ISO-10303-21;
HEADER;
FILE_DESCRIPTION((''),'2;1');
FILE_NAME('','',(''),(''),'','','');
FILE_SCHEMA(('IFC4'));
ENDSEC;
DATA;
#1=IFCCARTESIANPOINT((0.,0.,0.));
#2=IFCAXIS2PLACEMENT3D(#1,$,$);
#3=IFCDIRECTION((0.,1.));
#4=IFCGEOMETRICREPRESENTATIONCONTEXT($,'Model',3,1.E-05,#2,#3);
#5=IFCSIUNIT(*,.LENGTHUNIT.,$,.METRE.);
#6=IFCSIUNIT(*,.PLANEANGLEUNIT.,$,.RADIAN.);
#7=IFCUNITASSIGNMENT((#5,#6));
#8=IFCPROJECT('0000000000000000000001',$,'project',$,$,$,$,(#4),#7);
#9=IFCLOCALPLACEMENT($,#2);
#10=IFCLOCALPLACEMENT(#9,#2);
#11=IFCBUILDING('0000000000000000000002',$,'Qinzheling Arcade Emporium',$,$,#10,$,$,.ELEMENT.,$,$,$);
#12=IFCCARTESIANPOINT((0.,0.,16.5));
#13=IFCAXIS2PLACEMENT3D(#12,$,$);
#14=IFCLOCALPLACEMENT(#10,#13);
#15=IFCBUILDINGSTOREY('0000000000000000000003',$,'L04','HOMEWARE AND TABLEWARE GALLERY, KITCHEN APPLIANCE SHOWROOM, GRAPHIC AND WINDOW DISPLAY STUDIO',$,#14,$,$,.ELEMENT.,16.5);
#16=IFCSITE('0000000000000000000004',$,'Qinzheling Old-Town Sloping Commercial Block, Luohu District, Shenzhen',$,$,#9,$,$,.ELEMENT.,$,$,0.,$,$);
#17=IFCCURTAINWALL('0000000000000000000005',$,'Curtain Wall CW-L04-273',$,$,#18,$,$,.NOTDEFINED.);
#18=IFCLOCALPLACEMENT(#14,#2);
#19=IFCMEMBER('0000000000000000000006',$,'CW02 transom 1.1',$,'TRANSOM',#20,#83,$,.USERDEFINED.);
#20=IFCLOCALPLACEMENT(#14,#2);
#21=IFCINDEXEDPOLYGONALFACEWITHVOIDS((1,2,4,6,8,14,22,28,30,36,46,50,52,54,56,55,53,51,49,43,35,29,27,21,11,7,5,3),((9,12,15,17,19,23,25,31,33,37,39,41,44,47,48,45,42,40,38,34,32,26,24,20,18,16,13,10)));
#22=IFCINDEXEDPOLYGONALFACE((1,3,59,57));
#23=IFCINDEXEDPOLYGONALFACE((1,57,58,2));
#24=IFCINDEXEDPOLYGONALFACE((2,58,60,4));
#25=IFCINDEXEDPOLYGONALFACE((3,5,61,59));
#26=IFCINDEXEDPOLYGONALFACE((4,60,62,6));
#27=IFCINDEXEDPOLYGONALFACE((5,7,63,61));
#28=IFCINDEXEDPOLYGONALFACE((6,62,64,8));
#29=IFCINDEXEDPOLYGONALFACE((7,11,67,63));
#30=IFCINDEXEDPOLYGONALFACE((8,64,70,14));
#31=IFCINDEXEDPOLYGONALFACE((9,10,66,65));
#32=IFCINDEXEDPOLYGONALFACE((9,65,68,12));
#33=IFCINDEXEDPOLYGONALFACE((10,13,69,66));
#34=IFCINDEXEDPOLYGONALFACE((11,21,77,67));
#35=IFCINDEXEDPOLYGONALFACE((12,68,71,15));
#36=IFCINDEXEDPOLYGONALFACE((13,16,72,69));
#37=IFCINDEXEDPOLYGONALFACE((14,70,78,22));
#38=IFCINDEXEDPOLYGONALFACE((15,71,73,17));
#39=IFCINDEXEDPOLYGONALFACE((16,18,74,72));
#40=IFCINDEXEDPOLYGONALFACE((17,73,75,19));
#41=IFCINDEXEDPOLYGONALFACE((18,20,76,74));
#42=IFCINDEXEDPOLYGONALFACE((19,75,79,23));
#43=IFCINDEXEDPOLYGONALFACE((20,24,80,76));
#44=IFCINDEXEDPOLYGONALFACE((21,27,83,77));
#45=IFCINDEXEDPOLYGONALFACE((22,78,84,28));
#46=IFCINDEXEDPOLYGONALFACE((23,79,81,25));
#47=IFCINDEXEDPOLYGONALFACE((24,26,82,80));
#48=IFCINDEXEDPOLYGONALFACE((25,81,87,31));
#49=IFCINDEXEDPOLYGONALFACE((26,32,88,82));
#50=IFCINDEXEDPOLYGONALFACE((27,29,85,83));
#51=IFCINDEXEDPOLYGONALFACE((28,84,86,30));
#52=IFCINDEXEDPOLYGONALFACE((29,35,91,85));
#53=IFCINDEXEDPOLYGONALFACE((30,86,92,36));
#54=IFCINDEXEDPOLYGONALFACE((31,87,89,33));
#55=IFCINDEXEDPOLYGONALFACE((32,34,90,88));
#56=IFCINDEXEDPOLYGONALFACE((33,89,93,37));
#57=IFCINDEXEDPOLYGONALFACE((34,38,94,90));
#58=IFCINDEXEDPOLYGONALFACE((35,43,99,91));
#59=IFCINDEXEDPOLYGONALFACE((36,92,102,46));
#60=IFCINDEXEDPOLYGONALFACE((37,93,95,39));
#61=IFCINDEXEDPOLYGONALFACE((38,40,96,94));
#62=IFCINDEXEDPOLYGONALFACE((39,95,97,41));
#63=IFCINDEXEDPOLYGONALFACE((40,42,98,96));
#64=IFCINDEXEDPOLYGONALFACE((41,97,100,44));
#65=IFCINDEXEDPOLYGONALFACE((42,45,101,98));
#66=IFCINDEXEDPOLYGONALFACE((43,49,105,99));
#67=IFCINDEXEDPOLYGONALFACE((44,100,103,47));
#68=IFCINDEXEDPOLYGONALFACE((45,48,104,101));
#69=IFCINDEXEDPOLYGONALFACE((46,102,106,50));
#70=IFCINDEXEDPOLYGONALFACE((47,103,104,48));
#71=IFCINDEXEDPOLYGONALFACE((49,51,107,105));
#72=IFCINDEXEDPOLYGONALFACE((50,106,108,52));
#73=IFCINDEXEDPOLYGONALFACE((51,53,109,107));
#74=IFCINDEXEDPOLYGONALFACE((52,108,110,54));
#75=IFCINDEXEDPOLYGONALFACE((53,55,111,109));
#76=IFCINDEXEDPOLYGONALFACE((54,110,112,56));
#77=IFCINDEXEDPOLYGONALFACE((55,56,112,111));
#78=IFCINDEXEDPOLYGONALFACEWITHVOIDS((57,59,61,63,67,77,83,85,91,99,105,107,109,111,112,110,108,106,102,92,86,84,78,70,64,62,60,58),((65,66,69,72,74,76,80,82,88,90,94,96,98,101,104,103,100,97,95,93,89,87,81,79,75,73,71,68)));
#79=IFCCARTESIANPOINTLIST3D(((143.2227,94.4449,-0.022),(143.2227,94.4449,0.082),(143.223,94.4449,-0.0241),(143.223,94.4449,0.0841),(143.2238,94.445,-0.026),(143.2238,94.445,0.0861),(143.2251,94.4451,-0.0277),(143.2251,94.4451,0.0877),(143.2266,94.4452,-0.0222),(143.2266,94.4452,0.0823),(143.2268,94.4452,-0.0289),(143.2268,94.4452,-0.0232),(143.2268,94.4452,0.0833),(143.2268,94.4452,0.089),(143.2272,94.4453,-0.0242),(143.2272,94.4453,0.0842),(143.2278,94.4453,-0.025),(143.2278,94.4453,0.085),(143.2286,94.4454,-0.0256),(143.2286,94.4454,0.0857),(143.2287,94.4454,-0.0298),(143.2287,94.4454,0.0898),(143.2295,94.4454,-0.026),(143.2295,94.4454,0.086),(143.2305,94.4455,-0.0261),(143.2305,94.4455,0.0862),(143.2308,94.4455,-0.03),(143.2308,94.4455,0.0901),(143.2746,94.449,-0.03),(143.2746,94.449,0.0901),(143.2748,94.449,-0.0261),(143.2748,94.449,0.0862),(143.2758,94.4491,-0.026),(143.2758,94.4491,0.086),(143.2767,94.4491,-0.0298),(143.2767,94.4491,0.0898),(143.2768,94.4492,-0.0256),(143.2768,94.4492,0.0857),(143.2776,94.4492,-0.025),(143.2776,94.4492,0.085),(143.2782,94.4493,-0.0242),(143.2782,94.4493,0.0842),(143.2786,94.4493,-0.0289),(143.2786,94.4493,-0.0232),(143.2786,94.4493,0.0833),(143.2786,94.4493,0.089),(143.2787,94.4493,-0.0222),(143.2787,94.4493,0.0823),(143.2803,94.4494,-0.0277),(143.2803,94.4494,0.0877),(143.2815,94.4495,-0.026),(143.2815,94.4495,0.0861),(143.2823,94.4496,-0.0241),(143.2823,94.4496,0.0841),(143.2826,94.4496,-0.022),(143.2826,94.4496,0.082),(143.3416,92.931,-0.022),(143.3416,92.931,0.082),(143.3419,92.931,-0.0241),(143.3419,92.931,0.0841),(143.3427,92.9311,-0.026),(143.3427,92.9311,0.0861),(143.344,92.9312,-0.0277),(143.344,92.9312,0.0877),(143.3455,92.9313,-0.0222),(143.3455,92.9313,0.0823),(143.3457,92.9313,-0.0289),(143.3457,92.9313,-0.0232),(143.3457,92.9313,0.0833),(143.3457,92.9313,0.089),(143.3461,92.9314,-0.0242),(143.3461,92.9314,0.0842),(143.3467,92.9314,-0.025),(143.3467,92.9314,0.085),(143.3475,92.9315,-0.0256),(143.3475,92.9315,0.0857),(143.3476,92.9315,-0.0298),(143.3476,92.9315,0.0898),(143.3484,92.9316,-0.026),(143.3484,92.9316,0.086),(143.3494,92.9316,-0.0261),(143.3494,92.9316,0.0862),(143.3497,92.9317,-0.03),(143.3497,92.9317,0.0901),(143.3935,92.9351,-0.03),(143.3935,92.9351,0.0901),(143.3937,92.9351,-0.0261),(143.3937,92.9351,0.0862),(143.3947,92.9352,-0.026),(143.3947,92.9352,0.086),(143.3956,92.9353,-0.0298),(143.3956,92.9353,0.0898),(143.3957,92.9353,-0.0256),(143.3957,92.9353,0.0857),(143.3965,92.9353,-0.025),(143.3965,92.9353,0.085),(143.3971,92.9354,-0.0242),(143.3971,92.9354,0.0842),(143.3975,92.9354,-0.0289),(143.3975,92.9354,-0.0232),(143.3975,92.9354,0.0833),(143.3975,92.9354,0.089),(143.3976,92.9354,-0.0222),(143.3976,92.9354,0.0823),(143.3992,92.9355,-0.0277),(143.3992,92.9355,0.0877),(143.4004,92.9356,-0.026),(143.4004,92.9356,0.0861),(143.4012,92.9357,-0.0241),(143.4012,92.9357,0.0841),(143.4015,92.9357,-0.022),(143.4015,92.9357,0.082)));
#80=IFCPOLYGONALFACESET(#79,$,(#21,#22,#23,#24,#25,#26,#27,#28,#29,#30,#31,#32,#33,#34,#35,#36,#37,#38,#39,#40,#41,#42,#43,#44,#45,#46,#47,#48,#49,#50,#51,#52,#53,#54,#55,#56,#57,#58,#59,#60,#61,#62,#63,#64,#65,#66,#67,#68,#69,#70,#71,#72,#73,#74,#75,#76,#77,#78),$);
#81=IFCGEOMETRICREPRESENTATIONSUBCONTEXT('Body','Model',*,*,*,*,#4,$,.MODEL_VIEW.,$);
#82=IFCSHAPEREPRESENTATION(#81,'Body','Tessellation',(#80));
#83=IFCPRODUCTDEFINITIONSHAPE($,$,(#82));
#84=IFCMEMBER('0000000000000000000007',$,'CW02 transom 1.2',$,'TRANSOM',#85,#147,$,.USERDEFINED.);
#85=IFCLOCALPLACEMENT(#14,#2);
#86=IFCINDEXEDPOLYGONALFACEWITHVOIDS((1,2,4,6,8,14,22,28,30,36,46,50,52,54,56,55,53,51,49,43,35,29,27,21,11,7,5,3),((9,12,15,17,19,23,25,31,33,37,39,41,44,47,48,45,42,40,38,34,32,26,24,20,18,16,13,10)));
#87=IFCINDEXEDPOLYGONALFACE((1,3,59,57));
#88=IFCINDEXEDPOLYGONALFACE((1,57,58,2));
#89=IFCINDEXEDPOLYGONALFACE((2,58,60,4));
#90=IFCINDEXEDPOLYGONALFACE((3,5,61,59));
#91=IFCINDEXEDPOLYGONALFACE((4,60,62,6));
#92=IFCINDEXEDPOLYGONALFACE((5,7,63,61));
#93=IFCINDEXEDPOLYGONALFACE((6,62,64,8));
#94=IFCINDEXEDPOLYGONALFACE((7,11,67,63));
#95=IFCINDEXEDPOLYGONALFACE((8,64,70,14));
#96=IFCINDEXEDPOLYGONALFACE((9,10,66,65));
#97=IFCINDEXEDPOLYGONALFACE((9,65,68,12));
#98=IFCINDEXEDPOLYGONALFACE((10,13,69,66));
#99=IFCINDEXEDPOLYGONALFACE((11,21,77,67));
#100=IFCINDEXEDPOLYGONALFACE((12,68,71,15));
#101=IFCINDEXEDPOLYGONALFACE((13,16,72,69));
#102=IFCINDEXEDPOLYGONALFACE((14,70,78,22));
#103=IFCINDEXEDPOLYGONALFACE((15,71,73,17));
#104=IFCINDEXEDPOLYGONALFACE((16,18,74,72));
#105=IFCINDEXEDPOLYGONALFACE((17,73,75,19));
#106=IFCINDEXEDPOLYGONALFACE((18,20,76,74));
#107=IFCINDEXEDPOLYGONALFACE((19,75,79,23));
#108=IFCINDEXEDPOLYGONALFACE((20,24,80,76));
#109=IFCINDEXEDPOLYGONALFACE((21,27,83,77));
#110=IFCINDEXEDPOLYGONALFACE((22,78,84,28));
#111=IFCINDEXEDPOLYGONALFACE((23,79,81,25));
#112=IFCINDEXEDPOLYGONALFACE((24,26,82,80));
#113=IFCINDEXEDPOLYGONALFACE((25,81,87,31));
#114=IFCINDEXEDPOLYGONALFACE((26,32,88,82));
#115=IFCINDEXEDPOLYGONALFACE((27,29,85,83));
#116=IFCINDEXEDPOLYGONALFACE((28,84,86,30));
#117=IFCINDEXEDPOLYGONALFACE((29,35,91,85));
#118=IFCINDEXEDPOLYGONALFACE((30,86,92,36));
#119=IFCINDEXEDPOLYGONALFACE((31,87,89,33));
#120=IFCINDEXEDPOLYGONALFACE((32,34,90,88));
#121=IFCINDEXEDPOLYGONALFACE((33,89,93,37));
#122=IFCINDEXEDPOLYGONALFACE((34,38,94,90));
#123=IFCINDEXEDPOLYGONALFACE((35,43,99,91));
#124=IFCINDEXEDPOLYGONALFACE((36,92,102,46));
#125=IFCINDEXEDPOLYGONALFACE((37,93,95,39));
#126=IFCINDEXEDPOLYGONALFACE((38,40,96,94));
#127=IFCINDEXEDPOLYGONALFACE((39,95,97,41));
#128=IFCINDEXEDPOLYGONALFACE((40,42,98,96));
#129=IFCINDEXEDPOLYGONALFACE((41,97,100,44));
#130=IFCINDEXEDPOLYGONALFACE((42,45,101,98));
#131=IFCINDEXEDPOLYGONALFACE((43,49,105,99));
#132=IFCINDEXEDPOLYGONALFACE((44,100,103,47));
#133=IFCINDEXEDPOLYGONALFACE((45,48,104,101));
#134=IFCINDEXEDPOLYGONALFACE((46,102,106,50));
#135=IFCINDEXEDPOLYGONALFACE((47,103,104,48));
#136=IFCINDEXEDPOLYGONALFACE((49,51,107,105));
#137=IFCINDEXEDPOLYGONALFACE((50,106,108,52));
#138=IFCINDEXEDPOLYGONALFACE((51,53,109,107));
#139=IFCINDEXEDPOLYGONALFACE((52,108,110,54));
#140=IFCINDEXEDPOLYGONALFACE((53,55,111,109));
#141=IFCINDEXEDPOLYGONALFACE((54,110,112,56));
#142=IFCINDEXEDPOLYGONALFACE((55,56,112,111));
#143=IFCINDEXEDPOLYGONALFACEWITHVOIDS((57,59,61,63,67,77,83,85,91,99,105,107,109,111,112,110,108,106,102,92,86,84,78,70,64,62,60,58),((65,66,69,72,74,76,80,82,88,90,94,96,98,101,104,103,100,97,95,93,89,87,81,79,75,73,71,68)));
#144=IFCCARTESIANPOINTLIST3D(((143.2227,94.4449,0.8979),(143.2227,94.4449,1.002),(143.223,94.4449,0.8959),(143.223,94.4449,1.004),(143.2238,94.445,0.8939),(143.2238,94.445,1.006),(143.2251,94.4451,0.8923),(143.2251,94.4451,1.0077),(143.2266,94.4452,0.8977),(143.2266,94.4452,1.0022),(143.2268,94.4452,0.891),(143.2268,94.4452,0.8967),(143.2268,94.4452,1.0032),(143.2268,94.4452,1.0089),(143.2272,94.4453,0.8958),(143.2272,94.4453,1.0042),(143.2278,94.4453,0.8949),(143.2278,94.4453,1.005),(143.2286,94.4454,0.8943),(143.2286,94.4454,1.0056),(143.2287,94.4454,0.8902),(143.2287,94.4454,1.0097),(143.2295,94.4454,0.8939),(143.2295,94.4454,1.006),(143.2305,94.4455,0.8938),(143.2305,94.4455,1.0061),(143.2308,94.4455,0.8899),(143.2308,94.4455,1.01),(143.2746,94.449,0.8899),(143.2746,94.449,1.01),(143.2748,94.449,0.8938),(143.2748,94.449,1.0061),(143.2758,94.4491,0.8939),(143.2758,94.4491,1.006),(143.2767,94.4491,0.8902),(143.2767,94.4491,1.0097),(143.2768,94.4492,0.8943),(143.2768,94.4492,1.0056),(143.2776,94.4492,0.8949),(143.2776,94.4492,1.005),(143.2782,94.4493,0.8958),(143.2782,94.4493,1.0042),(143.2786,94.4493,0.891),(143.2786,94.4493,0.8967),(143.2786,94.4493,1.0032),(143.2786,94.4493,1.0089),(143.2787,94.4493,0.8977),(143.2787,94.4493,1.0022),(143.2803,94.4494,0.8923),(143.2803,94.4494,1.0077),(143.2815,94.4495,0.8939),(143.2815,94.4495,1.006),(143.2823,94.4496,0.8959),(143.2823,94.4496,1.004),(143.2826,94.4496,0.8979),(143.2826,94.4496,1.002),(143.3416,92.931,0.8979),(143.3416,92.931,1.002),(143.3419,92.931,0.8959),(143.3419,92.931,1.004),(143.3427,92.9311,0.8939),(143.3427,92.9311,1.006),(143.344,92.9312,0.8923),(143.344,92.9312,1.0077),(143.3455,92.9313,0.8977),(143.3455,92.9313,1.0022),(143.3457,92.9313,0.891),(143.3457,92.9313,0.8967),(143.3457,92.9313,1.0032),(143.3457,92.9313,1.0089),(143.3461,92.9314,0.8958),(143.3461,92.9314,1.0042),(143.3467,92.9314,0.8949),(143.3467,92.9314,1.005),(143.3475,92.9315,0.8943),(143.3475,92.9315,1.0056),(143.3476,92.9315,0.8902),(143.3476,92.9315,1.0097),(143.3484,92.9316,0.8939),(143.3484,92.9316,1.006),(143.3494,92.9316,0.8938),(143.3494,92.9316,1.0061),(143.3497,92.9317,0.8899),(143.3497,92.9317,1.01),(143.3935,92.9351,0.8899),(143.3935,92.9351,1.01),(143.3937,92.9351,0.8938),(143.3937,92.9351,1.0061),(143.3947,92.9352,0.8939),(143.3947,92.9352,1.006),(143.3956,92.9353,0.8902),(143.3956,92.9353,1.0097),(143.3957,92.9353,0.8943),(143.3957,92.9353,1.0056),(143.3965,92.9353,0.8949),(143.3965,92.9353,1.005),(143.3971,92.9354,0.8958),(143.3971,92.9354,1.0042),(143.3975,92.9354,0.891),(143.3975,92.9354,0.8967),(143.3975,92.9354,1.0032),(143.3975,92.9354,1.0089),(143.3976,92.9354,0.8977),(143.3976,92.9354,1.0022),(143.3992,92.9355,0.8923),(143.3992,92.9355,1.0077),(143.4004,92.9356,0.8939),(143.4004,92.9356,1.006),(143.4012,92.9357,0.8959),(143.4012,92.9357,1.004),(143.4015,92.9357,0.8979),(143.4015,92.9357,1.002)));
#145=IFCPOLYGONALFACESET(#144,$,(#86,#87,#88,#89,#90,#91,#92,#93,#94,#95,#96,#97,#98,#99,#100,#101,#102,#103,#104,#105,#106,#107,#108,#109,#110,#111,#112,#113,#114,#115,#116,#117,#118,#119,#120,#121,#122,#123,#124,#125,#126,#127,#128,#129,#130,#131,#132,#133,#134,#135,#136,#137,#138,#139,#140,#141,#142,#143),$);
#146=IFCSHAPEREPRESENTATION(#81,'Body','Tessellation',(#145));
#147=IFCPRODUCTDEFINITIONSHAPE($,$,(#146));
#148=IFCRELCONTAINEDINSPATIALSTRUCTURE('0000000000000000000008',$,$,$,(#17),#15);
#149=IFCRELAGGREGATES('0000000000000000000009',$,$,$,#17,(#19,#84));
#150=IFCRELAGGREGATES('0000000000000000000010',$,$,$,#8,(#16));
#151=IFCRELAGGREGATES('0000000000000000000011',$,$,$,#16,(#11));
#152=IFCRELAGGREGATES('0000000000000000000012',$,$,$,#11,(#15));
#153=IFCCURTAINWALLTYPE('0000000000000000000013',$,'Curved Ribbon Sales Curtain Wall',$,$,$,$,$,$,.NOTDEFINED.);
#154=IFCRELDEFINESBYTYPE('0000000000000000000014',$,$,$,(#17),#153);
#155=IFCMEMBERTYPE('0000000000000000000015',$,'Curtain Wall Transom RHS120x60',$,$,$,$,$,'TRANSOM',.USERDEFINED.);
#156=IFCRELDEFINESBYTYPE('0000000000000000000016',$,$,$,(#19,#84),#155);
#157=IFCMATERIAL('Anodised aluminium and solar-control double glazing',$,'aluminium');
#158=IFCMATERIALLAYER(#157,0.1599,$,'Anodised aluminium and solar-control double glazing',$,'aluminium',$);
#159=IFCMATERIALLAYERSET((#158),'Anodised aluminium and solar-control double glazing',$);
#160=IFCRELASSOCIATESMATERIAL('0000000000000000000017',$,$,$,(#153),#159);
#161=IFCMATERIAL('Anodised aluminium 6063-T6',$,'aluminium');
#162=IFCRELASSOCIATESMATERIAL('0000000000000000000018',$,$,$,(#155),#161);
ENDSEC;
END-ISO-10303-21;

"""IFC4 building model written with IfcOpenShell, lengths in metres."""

from ifc_helpers import new_model, si_unit, direction, frame, origin, origin_2d, place, context, subcontext, project, spatial, hollow_rectangle, extrude, material, layer, layer_set, material_profile, profile_set, type_object, element, aggregate, save


model = new_model("IFC4")

# Units and contexts
model_context = context("Model", 3, precision=1e-05, world=origin(), true_north=direction((0.0, 1.0)))
body_context = subcontext(model_context, "Body", "Model", "MODEL_VIEW")
ifc_project = project(units=[si_unit("LENGTHUNIT", "METRE"), si_unit("PLANEANGLEUNIT", "RADIAN")], contexts=[model_context])

# Site, building, storey
site_placement = place(None, origin())
site = spatial("IfcSite", under=ifc_project, at=site_placement, Name="Qinzheling Old-Town Sloping Commercial Block, Luohu District, Shenzhen", CompositionType="ELEMENT", RefElevation=0.0)
building_placement = place(site_placement, origin())
building = spatial("IfcBuilding", under=site, at=building_placement, Name="Qinzheling Arcade Emporium", CompositionType="ELEMENT")
storey_placement = place(building_placement, frame((0.0, 0.0, 16.5)))
storey = spatial("IfcBuildingStorey", under=building, at=storey_placement, Name="L04", Description="HOMEWARE AND TABLEWARE GALLERY, KITCHEN APPLIANCE SHOWROOM, GRAPHIC AND WINDOW DISPLAY STUDIO", CompositionType="ELEMENT", Elevation=16.5)

# Shared definitions
ifc_material_1 = material(Name="Anodised aluminium and solar-control double glazing", Category="aluminium")
ifc_layer_1 = layer(ifc_material_1, 0.1599, Name="Anodised aluminium and solar-control double glazing", Category="aluminium")
ifc_layer_set_1 = layer_set([ifc_layer_1], Name="Anodised aluminium and solar-control double glazing")
curtain_wall_type = type_object("IfcCurtainWallType", Name="Curved Ribbon Sales Curtain Wall", PredefinedType="NOTDEFINED", material=ifc_layer_set_1)
ifc_material_2 = material(Name="Anodised aluminium 6063-T6", Category="aluminium")

# Curtain wall, members
curtain_wall_1_placement = place(storey_placement, origin())
curtain_wall_1 = element("IfcCurtainWall", 1, at=curtain_wall_1_placement, inside=storey, type_object=curtain_wall_type, Name="Curtain Wall CW-L04-273", PredefinedType="NOTDEFINED")
ifc_material_profile_1 = material_profile(ifc_material_2, hollow_rectangle(XDim=0.0601, YDim=0.1201, WallThickness=0.0039, InnerFilletRadius=0.0039, OuterFilletRadius=0.0081, at=origin_2d()), Name="RHS 120x60x4", Category="aluminium")
ifc_profile_set_1 = profile_set([ifc_material_profile_1], Name="Anodised aluminium 6063-T6")
member_type_1 = type_object("IfcMemberType", Name="Curtain Wall Transom RHS120x60", ElementType="TRANSOM", PredefinedType="USERDEFINED", material=ifc_profile_set_1)
member_1_placement = place(storey_placement, frame((143.2527, 94.4473, 0.03), z_axis=(0.078295, -0.99693, 0.0), x_axis=(0.99693, 0.078295, 0.0)))
member_1 = element("IfcMember", 2, at=member_1_placement, type_object=member_type_1, Name="CW02 transom 1.1", ObjectType="TRANSOM", PredefinedType="USERDEFINED", context=body_context, shape_type="SweptSolid", body=[
    extrude(hollow_rectangle(XDim=0.0601, YDim=0.1201, WallThickness=0.0039, InnerFilletRadius=0.0039, OuterFilletRadius=0.0081, at=origin_2d()), origin(), (0.0, 0.0, 1.0), 1.5186),
])
member_2_placement = place(storey_placement, frame((143.2527, 94.4473, 0.95), z_axis=(0.078295, -0.99693, 0.0), x_axis=(0.99693, 0.078295, 0.0)))
member_2 = element("IfcMember", 3, at=member_2_placement, type_object=member_type_1, Name="CW02 transom 1.2", ObjectType="TRANSOM", PredefinedType="USERDEFINED", context=body_context, shape_type="SweptSolid", body=[
    extrude(hollow_rectangle(XDim=0.0601, YDim=0.1201, WallThickness=0.0039, InnerFilletRadius=0.0039, OuterFilletRadius=0.0081, at=origin_2d()), origin(), (0.0, 0.0, 1.0), 1.5186),
])

aggregate(curtain_wall_1, [member_1, member_2])

save(model, "model.ifc")
